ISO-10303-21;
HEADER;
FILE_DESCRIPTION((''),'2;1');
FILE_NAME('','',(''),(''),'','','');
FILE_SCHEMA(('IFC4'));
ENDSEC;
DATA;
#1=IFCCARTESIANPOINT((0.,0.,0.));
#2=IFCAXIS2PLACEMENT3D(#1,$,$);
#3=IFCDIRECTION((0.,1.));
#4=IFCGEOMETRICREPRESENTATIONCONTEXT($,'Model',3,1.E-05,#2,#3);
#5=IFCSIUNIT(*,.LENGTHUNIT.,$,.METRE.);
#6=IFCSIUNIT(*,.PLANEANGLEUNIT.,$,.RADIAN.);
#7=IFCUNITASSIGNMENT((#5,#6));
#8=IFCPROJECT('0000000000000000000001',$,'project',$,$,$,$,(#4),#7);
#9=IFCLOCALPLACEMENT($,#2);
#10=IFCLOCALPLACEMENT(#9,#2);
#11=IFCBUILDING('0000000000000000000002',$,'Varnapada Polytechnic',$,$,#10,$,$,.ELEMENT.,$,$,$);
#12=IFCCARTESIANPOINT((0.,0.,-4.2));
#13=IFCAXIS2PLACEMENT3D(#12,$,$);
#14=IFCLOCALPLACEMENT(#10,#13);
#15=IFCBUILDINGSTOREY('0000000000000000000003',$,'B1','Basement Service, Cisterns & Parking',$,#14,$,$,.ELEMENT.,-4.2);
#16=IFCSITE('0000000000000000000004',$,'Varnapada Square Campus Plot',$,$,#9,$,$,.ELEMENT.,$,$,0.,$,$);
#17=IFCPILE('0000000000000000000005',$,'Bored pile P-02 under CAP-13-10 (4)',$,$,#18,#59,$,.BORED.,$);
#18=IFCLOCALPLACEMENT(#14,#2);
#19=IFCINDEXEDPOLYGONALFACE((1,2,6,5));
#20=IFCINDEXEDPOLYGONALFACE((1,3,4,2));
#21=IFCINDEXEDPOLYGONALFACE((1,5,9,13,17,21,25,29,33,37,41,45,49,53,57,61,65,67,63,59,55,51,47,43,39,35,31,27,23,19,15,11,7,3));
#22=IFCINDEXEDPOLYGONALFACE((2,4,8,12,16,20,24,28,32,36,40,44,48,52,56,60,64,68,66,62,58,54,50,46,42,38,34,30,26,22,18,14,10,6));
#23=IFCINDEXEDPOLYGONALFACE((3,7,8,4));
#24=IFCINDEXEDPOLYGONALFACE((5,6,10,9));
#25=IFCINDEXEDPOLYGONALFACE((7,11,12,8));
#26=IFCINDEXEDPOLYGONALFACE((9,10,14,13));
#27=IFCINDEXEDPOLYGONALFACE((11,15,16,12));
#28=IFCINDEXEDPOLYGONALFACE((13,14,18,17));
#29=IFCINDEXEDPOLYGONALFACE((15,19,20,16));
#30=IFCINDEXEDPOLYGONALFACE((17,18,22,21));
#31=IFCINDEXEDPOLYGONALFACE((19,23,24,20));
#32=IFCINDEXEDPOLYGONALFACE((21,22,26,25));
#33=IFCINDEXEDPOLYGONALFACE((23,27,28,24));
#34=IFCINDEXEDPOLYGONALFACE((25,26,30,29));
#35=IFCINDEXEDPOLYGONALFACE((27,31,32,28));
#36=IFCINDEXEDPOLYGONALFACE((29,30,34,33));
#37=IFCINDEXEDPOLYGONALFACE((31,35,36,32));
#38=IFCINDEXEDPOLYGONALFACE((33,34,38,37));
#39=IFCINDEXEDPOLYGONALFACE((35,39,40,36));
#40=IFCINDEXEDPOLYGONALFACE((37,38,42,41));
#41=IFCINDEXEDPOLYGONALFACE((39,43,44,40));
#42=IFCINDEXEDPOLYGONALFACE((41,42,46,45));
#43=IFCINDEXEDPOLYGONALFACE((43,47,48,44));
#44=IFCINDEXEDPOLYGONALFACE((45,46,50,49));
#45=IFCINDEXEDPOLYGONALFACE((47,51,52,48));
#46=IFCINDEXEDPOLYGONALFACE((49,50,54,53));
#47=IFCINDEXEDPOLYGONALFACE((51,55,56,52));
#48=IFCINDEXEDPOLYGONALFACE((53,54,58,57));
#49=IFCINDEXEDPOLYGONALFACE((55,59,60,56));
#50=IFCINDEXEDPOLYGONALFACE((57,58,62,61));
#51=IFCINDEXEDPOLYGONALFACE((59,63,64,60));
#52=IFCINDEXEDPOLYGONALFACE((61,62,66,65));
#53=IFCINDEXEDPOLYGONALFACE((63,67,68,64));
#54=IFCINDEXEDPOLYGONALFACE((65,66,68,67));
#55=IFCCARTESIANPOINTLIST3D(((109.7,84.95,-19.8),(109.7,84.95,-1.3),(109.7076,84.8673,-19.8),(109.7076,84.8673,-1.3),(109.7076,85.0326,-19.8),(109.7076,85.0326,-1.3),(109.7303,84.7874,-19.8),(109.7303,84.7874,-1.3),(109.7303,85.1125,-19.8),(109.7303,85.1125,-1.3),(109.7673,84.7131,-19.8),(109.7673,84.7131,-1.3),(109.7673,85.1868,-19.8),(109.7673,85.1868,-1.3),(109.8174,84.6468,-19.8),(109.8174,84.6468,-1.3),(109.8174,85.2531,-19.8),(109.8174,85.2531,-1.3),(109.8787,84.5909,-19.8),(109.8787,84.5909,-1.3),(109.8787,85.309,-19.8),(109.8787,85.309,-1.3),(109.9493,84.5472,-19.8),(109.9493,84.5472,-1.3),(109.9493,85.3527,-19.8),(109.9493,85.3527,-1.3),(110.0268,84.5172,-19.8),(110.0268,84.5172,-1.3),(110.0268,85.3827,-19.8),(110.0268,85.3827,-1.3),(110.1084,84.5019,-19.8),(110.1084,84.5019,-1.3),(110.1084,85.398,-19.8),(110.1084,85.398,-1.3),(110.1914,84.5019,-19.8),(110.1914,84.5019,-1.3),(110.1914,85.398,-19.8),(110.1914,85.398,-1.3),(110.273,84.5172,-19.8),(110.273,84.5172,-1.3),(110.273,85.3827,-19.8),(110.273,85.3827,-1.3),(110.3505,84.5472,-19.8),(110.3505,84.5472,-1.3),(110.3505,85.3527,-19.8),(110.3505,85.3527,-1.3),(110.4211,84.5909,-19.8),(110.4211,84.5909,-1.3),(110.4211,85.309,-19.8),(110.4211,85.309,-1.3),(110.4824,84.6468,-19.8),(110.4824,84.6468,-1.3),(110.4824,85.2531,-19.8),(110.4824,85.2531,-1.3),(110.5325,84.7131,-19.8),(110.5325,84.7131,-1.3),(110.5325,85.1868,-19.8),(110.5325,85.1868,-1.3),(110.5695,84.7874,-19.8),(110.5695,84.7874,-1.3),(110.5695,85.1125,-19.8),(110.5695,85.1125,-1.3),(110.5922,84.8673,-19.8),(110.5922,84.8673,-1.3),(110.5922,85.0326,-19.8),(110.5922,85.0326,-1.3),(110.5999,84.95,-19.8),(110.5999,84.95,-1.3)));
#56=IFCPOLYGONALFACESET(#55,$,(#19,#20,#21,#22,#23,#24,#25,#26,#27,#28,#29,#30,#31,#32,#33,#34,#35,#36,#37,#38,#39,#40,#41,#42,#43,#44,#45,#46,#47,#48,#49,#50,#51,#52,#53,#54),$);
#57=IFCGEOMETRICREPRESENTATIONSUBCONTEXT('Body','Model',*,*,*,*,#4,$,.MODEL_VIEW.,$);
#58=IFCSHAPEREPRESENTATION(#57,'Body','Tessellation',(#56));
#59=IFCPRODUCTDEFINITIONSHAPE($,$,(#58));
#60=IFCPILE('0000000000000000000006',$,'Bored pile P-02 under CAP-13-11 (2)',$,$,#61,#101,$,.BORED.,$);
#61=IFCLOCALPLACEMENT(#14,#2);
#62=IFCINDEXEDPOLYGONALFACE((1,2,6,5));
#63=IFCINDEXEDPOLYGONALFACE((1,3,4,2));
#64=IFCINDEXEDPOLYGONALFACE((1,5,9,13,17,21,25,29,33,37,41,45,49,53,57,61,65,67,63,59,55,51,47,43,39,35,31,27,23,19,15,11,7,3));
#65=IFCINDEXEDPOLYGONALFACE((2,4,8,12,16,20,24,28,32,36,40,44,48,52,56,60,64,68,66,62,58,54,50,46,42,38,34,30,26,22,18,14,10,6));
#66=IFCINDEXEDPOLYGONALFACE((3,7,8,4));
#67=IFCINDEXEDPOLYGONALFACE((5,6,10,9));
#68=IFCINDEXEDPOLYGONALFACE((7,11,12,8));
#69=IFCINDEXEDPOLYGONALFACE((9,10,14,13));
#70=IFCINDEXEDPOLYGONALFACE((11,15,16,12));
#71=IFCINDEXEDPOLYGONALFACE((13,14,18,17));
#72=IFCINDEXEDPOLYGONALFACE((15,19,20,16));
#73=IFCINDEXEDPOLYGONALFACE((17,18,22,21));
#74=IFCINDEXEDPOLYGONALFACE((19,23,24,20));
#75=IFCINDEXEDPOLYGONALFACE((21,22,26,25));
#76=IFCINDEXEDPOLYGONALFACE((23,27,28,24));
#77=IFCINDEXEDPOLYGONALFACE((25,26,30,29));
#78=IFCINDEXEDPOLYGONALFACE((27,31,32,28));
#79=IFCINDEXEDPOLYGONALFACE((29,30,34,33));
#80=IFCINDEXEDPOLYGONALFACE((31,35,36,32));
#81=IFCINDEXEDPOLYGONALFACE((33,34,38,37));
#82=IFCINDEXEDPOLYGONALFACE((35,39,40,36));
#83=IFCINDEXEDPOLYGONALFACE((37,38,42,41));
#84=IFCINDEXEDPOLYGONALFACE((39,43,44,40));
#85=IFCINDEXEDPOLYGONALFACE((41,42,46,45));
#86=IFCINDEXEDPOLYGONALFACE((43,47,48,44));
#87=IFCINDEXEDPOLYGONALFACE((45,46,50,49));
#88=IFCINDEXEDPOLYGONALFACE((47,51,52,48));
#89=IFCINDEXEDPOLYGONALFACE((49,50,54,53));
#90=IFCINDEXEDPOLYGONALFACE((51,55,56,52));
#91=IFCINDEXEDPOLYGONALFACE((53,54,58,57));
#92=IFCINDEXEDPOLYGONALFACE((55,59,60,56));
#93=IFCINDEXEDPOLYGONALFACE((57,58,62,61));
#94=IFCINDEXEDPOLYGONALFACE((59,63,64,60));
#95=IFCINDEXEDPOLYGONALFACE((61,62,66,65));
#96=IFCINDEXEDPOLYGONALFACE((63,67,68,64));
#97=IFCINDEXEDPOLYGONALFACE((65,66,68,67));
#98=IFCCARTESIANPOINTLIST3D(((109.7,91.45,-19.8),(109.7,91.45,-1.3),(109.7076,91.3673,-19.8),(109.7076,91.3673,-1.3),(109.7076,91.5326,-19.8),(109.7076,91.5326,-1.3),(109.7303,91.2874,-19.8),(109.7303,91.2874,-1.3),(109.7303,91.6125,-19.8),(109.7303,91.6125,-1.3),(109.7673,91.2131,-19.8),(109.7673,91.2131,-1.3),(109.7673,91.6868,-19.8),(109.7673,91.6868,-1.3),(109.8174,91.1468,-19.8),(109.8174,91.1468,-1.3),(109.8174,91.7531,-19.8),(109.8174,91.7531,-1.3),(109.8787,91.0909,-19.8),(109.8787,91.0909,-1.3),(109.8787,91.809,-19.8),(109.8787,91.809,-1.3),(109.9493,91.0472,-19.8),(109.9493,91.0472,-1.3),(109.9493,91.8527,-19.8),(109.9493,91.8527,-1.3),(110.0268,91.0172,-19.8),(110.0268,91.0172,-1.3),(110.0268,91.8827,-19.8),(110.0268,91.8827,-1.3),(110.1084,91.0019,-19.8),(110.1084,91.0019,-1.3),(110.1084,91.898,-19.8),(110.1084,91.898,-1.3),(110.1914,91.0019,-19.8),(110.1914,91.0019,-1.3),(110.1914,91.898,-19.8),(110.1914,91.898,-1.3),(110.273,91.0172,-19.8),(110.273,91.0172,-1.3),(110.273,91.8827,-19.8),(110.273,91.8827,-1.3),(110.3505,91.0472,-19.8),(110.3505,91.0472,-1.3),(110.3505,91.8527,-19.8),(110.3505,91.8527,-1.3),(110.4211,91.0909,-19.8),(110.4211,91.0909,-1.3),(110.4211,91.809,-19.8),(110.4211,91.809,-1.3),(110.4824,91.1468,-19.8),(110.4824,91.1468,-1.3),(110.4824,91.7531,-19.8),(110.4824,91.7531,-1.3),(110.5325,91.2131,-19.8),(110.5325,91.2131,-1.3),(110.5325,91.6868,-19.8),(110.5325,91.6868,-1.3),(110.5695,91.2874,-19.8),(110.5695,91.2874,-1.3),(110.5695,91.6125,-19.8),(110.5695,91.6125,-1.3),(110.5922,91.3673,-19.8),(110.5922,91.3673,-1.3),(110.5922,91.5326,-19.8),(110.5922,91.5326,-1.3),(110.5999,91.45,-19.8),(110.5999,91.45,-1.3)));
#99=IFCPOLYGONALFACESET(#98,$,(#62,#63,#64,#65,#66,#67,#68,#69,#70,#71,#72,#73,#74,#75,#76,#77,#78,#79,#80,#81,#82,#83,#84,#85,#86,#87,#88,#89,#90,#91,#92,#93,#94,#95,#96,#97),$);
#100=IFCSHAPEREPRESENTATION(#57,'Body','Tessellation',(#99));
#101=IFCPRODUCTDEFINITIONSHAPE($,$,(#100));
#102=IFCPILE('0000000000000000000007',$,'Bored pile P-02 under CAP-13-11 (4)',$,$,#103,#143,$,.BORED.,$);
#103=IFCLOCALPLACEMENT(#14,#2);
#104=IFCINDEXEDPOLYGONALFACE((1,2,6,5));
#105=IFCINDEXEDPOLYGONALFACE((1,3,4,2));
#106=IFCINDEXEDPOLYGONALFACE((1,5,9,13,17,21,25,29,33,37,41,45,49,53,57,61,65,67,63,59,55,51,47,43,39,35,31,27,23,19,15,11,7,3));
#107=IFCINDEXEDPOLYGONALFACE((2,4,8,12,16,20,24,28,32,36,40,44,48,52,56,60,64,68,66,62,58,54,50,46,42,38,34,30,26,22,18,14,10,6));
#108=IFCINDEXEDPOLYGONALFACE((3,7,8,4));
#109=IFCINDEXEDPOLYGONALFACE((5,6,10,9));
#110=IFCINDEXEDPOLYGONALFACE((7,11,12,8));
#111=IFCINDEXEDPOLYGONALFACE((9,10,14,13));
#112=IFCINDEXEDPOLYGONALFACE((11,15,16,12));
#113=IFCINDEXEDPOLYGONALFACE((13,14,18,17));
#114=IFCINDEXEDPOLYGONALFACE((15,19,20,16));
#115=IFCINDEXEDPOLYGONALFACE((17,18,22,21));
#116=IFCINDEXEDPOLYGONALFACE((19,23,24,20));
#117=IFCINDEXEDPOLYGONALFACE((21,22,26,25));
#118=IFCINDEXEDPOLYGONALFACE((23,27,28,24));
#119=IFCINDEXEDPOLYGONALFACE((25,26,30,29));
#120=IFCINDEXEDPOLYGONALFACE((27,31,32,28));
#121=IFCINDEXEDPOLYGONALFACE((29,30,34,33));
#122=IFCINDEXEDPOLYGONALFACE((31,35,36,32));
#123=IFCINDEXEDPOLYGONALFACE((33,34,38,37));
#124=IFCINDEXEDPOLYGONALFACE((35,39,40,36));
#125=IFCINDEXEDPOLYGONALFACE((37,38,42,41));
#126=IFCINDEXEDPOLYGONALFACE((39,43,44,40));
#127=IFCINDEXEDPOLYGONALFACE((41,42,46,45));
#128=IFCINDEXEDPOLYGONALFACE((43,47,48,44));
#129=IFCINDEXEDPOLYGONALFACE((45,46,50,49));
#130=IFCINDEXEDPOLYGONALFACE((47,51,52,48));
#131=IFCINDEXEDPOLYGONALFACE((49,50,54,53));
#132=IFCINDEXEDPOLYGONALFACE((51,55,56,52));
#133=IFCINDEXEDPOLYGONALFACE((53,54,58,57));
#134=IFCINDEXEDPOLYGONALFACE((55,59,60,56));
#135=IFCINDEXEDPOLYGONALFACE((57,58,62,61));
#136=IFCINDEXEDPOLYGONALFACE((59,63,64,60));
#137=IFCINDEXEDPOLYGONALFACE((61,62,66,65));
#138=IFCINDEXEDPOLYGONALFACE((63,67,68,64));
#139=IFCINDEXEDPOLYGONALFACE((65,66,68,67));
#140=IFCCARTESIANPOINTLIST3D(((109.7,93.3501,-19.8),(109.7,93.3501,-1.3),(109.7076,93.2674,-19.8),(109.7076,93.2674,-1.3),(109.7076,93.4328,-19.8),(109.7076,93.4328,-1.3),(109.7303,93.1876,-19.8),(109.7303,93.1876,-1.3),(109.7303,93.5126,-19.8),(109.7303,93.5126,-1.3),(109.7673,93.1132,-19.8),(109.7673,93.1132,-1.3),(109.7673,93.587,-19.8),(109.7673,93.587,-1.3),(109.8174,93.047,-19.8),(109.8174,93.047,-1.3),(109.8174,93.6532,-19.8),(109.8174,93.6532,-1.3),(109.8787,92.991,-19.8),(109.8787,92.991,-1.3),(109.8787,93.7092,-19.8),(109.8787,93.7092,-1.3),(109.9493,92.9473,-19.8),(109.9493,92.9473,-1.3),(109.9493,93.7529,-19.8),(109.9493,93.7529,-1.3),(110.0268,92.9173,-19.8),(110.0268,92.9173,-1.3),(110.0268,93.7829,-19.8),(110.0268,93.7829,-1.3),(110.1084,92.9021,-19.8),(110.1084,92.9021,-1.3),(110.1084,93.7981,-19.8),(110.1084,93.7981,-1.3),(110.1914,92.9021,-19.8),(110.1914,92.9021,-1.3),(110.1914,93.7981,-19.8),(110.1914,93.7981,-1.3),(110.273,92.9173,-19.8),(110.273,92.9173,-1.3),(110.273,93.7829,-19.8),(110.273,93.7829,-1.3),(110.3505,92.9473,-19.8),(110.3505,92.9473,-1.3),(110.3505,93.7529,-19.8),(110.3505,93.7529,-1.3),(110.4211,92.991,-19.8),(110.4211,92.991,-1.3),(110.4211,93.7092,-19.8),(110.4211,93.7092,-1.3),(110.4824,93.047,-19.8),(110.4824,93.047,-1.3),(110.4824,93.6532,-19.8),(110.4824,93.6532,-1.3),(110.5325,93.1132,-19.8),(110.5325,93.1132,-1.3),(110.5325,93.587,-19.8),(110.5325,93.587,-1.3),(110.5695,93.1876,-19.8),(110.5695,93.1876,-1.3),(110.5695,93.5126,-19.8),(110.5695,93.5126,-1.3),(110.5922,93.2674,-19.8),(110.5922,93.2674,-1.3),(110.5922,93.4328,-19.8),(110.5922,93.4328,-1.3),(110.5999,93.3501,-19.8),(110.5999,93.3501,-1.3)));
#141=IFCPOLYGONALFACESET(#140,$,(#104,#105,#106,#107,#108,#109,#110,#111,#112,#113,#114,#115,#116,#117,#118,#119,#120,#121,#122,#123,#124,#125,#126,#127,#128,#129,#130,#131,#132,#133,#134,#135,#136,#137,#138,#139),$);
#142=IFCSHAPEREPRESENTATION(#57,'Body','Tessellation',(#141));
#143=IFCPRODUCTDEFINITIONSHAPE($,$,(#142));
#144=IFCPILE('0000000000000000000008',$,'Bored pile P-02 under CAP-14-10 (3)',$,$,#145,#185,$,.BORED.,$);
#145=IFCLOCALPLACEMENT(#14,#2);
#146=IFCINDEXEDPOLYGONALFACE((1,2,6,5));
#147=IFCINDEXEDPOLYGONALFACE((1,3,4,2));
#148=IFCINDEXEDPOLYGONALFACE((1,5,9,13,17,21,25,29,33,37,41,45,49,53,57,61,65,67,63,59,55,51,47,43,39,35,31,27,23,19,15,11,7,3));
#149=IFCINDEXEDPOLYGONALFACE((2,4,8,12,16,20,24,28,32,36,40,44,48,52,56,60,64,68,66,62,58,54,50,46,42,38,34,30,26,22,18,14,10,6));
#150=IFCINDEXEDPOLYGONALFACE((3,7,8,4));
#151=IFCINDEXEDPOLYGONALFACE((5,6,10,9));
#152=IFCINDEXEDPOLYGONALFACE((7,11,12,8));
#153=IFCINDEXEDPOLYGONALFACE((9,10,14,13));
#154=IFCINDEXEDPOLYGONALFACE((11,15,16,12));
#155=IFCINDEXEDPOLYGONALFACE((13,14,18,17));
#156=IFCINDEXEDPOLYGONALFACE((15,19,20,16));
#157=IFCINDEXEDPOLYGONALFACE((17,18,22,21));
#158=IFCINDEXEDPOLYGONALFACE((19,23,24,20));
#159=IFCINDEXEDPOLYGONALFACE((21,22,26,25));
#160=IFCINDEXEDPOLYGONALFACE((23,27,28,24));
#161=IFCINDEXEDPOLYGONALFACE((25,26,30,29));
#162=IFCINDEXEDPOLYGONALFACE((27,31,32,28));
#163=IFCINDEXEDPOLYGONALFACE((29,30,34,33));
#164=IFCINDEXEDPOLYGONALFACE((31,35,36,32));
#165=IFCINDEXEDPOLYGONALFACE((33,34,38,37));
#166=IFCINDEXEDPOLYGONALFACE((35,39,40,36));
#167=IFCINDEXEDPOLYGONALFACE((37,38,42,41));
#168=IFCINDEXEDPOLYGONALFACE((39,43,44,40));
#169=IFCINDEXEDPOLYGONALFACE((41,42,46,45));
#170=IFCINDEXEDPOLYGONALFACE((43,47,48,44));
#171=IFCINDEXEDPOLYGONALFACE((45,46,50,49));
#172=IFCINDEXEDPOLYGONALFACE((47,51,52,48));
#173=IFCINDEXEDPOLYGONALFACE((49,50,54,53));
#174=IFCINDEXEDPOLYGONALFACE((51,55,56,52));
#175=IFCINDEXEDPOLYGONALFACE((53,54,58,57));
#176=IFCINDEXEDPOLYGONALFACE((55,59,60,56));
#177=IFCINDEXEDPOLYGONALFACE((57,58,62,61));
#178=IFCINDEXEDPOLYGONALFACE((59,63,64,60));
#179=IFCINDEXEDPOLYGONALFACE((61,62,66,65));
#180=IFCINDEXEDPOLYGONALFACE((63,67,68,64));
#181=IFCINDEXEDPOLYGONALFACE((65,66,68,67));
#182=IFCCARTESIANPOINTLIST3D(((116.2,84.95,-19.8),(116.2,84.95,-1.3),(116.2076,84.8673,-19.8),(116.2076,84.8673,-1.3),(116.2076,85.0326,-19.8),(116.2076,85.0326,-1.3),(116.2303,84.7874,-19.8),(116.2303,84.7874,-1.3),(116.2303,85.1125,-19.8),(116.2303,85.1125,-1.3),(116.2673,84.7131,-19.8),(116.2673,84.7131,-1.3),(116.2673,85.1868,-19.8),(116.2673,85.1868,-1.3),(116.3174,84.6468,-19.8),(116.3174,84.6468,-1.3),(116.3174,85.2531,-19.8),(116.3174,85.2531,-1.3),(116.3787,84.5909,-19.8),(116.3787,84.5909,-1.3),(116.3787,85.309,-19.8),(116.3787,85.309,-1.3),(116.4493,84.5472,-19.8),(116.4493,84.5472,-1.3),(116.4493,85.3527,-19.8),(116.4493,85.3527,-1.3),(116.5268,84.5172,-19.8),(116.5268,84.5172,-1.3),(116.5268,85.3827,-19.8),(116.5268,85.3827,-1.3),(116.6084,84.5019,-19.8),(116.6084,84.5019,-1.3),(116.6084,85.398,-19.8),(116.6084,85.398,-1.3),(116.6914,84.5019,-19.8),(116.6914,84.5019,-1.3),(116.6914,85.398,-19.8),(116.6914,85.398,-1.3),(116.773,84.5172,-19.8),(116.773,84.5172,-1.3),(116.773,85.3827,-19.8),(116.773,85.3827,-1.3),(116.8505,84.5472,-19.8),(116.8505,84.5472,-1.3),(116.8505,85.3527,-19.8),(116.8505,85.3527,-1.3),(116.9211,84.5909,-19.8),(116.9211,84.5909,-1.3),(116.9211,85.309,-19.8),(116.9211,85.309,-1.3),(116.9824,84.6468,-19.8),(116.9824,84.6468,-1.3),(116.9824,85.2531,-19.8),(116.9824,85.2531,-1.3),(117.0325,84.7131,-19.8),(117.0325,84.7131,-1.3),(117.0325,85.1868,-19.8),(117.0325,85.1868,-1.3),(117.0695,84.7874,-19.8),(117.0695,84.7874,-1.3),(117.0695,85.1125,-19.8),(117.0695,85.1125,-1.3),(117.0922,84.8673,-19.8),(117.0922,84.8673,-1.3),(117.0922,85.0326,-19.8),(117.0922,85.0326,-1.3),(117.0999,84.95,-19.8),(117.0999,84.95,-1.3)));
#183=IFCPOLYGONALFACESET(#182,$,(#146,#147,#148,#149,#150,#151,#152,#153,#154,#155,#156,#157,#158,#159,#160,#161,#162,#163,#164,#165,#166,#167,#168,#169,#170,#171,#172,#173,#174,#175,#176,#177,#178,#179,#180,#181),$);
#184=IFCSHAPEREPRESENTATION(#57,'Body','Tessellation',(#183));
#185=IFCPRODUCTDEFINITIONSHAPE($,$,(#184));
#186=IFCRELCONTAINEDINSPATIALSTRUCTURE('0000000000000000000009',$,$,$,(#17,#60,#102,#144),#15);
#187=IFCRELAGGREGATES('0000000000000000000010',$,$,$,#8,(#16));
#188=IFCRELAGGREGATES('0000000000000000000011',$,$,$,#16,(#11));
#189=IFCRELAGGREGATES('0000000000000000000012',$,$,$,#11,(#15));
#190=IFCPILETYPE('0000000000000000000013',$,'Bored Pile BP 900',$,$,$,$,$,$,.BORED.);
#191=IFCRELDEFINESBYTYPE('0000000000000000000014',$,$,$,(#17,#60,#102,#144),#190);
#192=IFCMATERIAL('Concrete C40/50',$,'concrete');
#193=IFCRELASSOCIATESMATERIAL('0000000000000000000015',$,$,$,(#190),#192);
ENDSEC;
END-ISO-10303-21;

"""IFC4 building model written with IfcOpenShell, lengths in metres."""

from ifc_helpers import new_model, si_unit, direction, frame, origin, origin_2d, place, context, subcontext, project, spatial, circle, extrude, material, material_profile, profile_set, type_object, element, save


model = new_model("IFC4")

# Units and contexts
model_context = context("Model", 3, precision=1e-05, world=origin(), true_north=direction((0.0, 1.0)))
body_context = subcontext(model_context, "Body", "Model", "MODEL_VIEW")
ifc_project = project(units=[si_unit("LENGTHUNIT", "METRE"), si_unit("PLANEANGLEUNIT", "RADIAN")], contexts=[model_context])

# Site, building, storey
site_placement = place(None, origin())
site = spatial("IfcSite", under=ifc_project, at=site_placement, Name="Varnapada Square Campus Plot", CompositionType="ELEMENT", RefElevation=0.0)
building_placement = place(site_placement, origin())
building = spatial("IfcBuilding", under=site, at=building_placement, Name="Varnapada Polytechnic", CompositionType="ELEMENT")
storey_placement = place(building_placement, frame((0.0, 0.0, -4.2)))
storey = spatial("IfcBuildingStorey", under=building, at=storey_placement, Name="B1", Description="Basement Service, Cisterns & Parking", CompositionType="ELEMENT", Elevation=-4.2)

# Piles
ifc_material_1 = material(Name="Concrete C40/50", Category="concrete")
ifc_material_profile_1 = material_profile(ifc_material_1, circle(Radius=0.45, at=origin_2d()), Name="BP 900")
ifc_profile_set_1 = profile_set([ifc_material_profile_1], Name="Concrete C40/50")
pile_type = type_object("IfcPileType", Name="Bored Pile BP 900", PredefinedType="BORED", material=ifc_profile_set_1)
for number, where, z_axis, x_axis, name in (
    (1, (110.1499, 84.95, -1.3), (0.0, 0.0, -1.0), (1.0, 0.0, 0.0), "Bored pile P-02 under CAP-13-10 (4)"),
    (2, (110.1499, 91.45, -1.3), (0.0, 0.0, -1.0), (1.0, 0.0, 0.0), "Bored pile P-02 under CAP-13-11 (2)"),
    (3, (110.1499, 93.3501, -1.3), (0.0, 0.0, -1.0), (1.0, 0.0, 0.0), "Bored pile P-02 under CAP-13-11 (4)"),
    (4, (116.6499, 84.95, -1.3), (0.0, 0.0, -1.0), (1.0, 0.0, 0.0), "Bored pile P-02 under CAP-14-10 (3)"),
):
    element("IfcPile", number, at=place(storey_placement, frame(where, z_axis=z_axis, x_axis=x_axis)), inside=storey, type_object=pile_type, Name=name, PredefinedType="BORED", context=body_context, shape_type="SweptSolid", body=[
        extrude(circle(Radius=0.45, at=origin_2d()), origin(), (0.0, 0.0, 1.0), 18.5),
    ])

save(model, "model.ifc")
